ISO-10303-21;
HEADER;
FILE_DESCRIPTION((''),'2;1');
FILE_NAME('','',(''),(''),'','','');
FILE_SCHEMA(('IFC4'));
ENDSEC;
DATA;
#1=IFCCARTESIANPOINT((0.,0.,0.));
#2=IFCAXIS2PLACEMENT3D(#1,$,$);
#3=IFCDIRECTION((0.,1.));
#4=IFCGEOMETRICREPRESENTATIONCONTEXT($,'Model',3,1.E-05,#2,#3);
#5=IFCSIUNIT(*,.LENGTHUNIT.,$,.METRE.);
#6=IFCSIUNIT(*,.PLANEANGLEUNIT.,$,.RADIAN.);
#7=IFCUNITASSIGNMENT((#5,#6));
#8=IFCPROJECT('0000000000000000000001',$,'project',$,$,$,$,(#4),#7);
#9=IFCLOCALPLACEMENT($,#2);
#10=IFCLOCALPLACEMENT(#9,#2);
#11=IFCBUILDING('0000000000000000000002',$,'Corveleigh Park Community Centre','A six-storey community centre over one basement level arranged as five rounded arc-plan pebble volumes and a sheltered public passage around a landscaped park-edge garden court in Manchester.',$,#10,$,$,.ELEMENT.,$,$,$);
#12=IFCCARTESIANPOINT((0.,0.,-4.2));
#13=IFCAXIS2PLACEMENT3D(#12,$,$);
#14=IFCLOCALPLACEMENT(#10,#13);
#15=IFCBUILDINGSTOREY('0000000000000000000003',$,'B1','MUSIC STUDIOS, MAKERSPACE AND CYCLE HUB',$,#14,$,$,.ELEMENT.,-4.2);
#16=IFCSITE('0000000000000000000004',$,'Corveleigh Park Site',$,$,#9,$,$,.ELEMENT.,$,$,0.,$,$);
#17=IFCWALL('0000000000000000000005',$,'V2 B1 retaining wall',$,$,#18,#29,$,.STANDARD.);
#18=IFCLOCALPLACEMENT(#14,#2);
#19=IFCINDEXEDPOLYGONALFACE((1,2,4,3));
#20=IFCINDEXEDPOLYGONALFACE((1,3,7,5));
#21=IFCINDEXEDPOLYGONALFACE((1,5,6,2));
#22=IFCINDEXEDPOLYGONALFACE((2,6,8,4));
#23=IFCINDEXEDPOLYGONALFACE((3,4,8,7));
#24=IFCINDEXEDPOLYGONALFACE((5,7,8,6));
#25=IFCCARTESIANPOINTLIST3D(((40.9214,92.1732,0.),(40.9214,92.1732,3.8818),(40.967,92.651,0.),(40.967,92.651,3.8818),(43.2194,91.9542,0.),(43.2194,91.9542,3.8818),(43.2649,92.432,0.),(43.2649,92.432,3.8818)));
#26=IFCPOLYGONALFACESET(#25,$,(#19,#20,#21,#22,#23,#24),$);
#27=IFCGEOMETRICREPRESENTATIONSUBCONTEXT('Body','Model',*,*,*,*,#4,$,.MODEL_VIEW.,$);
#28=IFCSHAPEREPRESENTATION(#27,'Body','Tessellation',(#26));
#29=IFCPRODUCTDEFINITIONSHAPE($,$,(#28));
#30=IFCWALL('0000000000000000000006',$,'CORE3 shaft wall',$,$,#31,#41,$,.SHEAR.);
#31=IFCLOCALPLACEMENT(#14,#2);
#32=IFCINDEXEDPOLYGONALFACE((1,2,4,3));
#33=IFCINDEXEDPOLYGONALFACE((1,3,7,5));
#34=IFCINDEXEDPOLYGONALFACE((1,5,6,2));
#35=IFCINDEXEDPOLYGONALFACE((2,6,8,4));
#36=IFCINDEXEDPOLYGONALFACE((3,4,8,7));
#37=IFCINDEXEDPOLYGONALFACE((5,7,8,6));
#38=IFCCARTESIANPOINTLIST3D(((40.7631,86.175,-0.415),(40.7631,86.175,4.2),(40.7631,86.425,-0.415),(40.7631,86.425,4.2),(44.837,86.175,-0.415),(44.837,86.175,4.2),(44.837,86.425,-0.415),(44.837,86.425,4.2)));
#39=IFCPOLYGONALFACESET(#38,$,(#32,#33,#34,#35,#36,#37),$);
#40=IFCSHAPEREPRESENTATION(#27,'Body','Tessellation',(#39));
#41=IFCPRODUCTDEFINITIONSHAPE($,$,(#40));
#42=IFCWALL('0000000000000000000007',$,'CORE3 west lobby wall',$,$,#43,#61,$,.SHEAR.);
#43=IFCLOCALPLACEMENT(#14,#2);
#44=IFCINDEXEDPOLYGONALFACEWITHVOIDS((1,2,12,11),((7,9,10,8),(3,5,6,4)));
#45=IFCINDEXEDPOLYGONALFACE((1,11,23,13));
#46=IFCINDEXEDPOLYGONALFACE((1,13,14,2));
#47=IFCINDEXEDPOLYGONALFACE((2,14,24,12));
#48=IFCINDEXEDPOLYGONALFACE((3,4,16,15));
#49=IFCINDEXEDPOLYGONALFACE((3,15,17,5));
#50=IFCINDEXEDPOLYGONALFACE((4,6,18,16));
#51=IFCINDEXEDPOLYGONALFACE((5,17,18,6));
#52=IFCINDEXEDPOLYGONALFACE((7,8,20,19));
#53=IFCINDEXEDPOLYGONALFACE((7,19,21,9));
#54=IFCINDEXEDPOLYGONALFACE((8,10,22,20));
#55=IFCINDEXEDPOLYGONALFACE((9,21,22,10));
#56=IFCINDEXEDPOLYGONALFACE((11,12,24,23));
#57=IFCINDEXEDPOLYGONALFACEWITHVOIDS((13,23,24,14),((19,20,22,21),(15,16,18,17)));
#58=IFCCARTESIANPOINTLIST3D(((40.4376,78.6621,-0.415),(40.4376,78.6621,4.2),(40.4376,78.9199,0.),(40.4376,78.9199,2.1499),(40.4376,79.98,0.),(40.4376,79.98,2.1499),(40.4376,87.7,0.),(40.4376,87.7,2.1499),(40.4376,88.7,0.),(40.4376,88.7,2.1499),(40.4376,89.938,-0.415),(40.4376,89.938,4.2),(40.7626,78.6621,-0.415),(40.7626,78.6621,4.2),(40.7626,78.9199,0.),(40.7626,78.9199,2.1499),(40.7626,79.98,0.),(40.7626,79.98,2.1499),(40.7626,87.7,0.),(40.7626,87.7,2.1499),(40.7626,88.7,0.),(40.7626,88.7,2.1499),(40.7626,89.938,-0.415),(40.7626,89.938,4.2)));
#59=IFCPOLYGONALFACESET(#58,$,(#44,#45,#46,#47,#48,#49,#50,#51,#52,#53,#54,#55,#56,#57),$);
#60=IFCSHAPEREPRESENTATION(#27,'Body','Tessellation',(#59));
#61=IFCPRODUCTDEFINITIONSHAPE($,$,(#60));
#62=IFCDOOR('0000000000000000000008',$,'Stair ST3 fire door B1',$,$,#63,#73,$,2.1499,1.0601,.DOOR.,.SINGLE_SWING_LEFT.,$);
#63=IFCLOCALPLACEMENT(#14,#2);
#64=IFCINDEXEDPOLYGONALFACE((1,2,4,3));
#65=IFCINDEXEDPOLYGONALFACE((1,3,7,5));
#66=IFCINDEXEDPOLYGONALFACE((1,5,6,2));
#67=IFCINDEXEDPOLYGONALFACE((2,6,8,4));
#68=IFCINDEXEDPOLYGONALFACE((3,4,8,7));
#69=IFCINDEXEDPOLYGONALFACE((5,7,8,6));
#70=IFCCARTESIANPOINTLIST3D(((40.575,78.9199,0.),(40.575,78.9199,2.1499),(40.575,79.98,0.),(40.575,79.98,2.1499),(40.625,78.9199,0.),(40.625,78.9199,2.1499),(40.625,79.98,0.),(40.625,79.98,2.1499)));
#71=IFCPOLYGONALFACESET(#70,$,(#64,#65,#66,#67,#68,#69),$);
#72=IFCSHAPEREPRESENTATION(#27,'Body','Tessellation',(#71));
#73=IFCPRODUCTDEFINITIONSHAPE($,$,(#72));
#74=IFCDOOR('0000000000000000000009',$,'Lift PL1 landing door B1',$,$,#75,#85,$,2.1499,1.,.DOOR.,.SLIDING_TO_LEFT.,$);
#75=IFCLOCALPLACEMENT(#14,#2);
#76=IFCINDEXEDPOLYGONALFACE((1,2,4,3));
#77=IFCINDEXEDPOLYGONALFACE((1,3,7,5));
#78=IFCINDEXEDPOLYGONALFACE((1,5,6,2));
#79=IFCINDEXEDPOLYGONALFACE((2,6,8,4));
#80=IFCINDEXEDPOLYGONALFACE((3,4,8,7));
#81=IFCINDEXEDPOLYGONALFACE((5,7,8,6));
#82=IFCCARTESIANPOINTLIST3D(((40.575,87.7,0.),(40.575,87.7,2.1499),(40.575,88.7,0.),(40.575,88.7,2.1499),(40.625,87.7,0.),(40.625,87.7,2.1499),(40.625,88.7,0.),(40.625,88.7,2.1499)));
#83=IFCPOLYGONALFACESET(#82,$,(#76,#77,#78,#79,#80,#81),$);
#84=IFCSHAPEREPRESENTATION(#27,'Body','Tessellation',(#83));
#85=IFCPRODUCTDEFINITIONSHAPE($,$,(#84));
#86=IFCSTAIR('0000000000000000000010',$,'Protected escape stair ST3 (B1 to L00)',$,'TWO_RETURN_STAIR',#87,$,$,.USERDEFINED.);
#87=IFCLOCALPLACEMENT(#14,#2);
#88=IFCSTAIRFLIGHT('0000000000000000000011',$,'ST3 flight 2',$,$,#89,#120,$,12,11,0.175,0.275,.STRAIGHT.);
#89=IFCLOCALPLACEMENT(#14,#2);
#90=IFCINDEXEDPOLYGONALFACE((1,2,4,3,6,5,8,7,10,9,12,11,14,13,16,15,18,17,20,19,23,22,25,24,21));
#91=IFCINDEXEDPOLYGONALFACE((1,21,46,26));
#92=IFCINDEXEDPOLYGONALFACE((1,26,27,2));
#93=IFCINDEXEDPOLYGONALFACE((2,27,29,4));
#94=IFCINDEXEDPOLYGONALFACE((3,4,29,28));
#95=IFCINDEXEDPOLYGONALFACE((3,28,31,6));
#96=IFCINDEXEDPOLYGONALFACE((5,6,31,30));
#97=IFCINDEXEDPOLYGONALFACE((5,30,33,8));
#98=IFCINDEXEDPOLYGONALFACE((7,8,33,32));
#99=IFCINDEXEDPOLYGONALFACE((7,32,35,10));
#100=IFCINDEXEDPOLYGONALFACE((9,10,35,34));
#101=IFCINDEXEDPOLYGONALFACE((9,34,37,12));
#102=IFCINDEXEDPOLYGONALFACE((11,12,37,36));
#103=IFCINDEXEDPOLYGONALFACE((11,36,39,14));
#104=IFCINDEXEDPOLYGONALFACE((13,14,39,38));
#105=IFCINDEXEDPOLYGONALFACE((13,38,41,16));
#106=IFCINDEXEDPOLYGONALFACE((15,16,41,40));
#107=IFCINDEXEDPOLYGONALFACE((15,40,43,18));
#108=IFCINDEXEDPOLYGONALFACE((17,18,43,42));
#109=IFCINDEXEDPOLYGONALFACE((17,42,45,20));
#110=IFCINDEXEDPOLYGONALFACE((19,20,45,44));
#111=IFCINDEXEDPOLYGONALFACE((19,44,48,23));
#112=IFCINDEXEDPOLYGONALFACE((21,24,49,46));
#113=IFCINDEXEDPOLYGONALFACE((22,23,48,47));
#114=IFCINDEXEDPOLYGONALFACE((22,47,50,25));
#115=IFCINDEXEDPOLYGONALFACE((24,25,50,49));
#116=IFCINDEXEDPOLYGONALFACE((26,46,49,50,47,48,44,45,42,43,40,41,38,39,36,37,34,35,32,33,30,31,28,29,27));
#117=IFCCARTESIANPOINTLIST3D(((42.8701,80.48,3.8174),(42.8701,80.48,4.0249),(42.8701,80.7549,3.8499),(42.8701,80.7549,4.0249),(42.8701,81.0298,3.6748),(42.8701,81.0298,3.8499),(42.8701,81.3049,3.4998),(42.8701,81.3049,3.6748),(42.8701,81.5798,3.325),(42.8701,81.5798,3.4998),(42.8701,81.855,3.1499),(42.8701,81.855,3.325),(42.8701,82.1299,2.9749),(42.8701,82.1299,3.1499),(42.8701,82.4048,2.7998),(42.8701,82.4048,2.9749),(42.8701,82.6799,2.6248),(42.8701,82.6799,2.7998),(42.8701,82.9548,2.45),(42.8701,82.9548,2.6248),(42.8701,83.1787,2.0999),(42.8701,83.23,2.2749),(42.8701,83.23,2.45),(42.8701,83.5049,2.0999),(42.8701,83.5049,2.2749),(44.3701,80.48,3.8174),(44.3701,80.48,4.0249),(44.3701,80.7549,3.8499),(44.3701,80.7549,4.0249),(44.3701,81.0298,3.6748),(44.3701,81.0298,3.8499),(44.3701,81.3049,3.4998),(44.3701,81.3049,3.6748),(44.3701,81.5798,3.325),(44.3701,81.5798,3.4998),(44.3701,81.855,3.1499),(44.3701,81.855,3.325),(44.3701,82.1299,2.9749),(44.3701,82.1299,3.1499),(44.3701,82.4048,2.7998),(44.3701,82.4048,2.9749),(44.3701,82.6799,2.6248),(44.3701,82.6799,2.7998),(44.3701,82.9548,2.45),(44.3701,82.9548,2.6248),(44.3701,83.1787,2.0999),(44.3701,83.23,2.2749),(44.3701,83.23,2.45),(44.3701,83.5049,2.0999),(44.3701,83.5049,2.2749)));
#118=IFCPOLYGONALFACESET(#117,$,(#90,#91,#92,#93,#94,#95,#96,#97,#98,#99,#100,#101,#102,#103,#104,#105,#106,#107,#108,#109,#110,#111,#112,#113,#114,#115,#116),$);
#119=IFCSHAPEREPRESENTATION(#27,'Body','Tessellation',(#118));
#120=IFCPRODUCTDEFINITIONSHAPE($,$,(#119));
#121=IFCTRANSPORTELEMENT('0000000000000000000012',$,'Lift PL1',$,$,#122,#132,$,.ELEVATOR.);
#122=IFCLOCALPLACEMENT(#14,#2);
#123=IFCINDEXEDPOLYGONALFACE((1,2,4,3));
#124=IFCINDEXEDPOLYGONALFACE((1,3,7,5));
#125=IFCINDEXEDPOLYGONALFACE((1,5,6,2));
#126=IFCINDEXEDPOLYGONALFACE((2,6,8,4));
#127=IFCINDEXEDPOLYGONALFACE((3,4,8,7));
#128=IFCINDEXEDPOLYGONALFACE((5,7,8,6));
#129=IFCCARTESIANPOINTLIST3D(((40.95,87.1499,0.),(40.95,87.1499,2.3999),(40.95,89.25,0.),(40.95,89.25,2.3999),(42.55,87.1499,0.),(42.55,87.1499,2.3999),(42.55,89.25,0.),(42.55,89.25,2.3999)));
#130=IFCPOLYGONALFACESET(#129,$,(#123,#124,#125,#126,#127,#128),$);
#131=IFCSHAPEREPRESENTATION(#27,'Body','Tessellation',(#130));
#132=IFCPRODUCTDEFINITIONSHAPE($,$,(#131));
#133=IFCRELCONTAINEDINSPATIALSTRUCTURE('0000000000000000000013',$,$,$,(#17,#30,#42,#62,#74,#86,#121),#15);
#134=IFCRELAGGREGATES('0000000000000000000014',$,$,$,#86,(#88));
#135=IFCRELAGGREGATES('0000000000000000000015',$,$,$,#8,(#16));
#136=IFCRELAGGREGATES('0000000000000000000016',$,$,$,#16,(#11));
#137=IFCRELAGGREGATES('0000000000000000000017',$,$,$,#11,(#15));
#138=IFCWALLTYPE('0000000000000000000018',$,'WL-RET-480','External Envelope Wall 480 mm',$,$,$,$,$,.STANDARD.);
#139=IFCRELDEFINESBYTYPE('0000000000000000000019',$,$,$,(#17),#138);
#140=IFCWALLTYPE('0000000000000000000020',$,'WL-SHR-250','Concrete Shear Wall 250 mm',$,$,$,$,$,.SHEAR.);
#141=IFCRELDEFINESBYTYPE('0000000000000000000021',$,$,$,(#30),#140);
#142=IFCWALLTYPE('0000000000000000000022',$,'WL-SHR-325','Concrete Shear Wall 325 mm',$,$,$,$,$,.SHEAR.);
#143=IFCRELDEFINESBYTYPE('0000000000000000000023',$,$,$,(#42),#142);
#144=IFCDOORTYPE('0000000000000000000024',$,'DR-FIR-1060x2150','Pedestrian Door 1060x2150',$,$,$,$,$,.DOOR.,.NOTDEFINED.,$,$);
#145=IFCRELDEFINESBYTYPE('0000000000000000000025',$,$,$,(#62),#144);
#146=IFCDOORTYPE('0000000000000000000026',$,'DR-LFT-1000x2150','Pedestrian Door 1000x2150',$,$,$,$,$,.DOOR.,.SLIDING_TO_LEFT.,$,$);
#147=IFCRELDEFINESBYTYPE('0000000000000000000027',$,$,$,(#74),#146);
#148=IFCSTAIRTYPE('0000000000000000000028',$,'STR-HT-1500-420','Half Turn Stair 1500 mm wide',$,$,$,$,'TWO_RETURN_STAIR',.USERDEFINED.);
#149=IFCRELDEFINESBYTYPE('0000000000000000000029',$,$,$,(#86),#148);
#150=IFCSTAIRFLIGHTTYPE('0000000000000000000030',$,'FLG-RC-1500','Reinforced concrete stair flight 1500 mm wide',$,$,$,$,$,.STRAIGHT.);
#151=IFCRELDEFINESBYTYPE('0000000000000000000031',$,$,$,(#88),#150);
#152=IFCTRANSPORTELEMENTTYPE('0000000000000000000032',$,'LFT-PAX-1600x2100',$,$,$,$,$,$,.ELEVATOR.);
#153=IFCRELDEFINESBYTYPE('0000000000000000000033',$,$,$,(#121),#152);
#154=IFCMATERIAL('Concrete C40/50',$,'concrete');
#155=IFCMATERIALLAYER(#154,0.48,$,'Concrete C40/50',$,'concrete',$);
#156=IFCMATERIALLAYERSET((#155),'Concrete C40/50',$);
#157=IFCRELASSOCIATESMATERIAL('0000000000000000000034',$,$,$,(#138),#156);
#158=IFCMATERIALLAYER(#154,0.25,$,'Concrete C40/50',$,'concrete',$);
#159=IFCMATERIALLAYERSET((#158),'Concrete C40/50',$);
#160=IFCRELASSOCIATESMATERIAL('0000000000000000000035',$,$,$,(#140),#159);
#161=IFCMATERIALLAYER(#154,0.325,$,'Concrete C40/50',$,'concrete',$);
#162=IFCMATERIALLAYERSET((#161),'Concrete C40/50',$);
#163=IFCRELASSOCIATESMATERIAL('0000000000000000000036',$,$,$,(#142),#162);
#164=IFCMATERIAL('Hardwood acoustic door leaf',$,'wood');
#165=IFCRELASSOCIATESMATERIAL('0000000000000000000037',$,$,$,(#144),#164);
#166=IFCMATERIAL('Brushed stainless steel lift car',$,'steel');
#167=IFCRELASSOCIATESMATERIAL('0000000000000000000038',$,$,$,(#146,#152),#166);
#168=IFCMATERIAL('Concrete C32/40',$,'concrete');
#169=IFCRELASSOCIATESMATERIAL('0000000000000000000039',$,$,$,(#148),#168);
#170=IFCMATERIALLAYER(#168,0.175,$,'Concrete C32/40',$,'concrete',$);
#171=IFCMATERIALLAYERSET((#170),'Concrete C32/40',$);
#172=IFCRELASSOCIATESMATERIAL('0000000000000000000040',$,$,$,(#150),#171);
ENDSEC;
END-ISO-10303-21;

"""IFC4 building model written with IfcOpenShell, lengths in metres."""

from ifc_helpers import new_model, si_unit, direction, frame, frame_2d, origin, origin_2d, place, context, subcontext, project, spatial, polyline, rectangle, outline, extrude, material, layer, layer_set, type_object, element, fill, aggregate, save


model = new_model("IFC4")

# Units and contexts
model_context = context("Model", 3, precision=1e-05, world=origin(), true_north=direction((0.0, 1.0)))
body_context = subcontext(model_context, "Body", "Model", "MODEL_VIEW")
ifc_project = project(units=[si_unit("LENGTHUNIT", "METRE"), si_unit("PLANEANGLEUNIT", "RADIAN")], contexts=[model_context])

# Site, building, storey
site_placement = place(None, origin())
site = spatial("IfcSite", under=ifc_project, at=site_placement, Name="Corveleigh Park Site", CompositionType="ELEMENT", RefElevation=0.0)
building_placement = place(site_placement, origin())
building = spatial("IfcBuilding", under=site, at=building_placement, Name="Corveleigh Park Community Centre", Description="A six-storey community centre over one basement level arranged as five rounded arc-plan pebble volumes and a sheltered public passage around a landscaped park-edge garden court in Manchester.", CompositionType="ELEMENT")
storey_placement = place(building_placement, frame((0.0, 0.0, -4.2)))
storey = spatial("IfcBuildingStorey", under=building, at=storey_placement, Name="B1", Description="MUSIC STUDIOS, MAKERSPACE AND CYCLE HUB", CompositionType="ELEMENT", Elevation=-4.2)

# Shared definitions
ifc_material_1 = material(Name="Concrete C40/50", Category="concrete")

# Shared definitions
ifc_material_2 = material(Name="Concrete C32/40", Category="concrete")

# Shared definitions
ifc_material_3 = material(Name="Hardwood acoustic door leaf", Category="wood")

# Walls
ifc_layer_1 = layer(ifc_material_1, 0.48, Name="Concrete C40/50", Category="concrete")
ifc_layer_set_1 = layer_set([ifc_layer_1], Name="Concrete C40/50")
wall_type_1 = type_object("IfcWallType", Name="WL-RET-480", Description="External Envelope Wall 480 mm", PredefinedType="STANDARD", material=ifc_layer_set_1)
wall_1_placement = place(storey_placement, frame((40.9441, 92.4121, 0.0), z_axis=(0.0, 0.0, 1.0), x_axis=(0.995489, -0.094874, 0.0)))
element("IfcWall", 1, at=wall_1_placement, inside=storey, type_object=wall_type_1, Name="V2 B1 retaining wall", PredefinedType="STANDARD", context=body_context, shape_type="SweptSolid", body=[
    extrude(rectangle(XDim=2.3083, YDim=0.48, at=frame_2d((1.1543, 0.0))), origin(), (0.0, 0.0, 1.0), 3.8818),
])
ifc_layer_2 = layer(ifc_material_1, 0.25, Name="Concrete C40/50", Category="concrete")
ifc_layer_set_2 = layer_set([ifc_layer_2], Name="Concrete C40/50")
wall_type_2 = type_object("IfcWallType", Name="WL-SHR-250", Description="Concrete Shear Wall 250 mm", PredefinedType="SHEAR", material=ifc_layer_set_2)
wall_2_placement = place(storey_placement, frame((40.7629, 86.3, -0.415), z_axis=(0.0, 0.0, 1.0), x_axis=(1.0, 0.0, 0.0)))
element("IfcWall", 2, at=wall_2_placement, inside=storey, type_object=wall_type_2, Name="CORE3 shaft wall", PredefinedType="SHEAR", context=body_context, shape_type="SweptSolid", body=[
    extrude(rectangle(XDim=4.074, YDim=0.25, at=frame_2d((2.0371, 0.0))), origin(), (0.0, 0.0, 1.0), 4.615),
])

# Wall, openings, doors
ifc_layer_3 = layer(ifc_material_1, 0.325, Name="Concrete C40/50", Category="concrete")
ifc_layer_set_3 = layer_set([ifc_layer_3], Name="Concrete C40/50")
wall_type_3 = type_object("IfcWallType", Name="WL-SHR-325", Description="Concrete Shear Wall 325 mm", PredefinedType="SHEAR", material=ifc_layer_set_3)
wall_3_placement = place(storey_placement, frame((40.6001, 89.938, -0.415), z_axis=(0.0, 0.0, 1.0), x_axis=(0.0, -1.0, 0.0)))
wall_3 = element("IfcWall", 3, at=wall_3_placement, inside=storey, type_object=wall_type_3, Name="CORE3 west lobby wall", PredefinedType="SHEAR", context=body_context, shape_type="SweptSolid", body=[
    extrude(rectangle(XDim=11.2759, YDim=0.325, at=frame_2d((5.6379, 0.0))), origin(), (0.0, 0.0, 1.0), 4.615),
])
opening_1_placement = place(wall_3_placement, frame((1.238, 0.0, 0.415)))
opening_1 = element("IfcOpeningElement", 4, at=opening_1_placement, cuts=wall_3, PredefinedType="OPENING", context=body_context, shape_type="SweptSolid", body=[
    extrude(rectangle(XDim=1.0, YDim=2.1499, at=frame_2d((0.5, 1.075))), frame((0.0, 0.1724, 0.0), z_axis=(0.0, -1.0, 0.0), x_axis=(1.0, 0.0, 0.0)), (0.0, 0.0, 1.0), 0.345),
])
opening_2_placement = place(wall_3_placement, frame((9.958, 0.0, 0.415)))
opening_2 = element("IfcOpeningElement", 5, at=opening_2_placement, cuts=wall_3, PredefinedType="OPENING", context=body_context, shape_type="SweptSolid", body=[
    extrude(rectangle(XDim=1.0601, YDim=2.1499, at=frame_2d((0.53, 1.075))), frame((0.0, 0.1724, 0.0), z_axis=(0.0, -1.0, 0.0), x_axis=(1.0, 0.0, 0.0)), (0.0, 0.0, 1.0), 0.345),
])
door_type_1 = type_object("IfcDoorType", Name="DR-FIR-1060x2150", Description="Pedestrian Door 1060x2150", OperationType="NOTDEFINED", PredefinedType="DOOR", material=ifc_material_3)
door_1_placement = place(opening_2_placement, origin())
door_1 = element("IfcDoor", 6, at=door_1_placement, inside=storey, type_object=door_type_1, Name="Stair ST3 fire door B1", OperationType="SINGLE_SWING_LEFT", OverallHeight=2.1499, OverallWidth=1.0601, PredefinedType="DOOR", context=body_context, shape_type="SweptSolid", body=[
    extrude(rectangle(XDim=1.0601, YDim=2.1499, at=frame_2d((0.53, 1.075))), frame((0.0, 0.0249, 0.0), z_axis=(0.0, -1.0, 0.0), x_axis=(1.0, 0.0, 0.0)), (0.0, 0.0, 1.0), 0.05),
])
fill(opening_2, door_1)
ifc_material_4 = material(Name="Brushed stainless steel lift car", Category="steel")
door_type_2 = type_object("IfcDoorType", Name="DR-LFT-1000x2150", Description="Pedestrian Door 1000x2150", OperationType="SLIDING_TO_LEFT", PredefinedType="DOOR", material=ifc_material_4)
door_2_placement = place(opening_1_placement, origin())
door_2 = element("IfcDoor", 7, at=door_2_placement, inside=storey, type_object=door_type_2, Name="Lift PL1 landing door B1", OperationType="SLIDING_TO_LEFT", OverallHeight=2.1499, OverallWidth=1.0, PredefinedType="DOOR", context=body_context, shape_type="SweptSolid", body=[
    extrude(rectangle(XDim=1.0, YDim=2.1499, at=frame_2d((0.5, 1.075))), frame((0.0, 0.0249, 0.0), z_axis=(0.0, -1.0, 0.0), x_axis=(1.0, 0.0, 0.0)), (0.0, 0.0, 1.0), 0.05),
])
fill(opening_1, door_2)

# Stair, stair flight
stair_type = type_object("IfcStairType", Name="STR-HT-1500-420", Description="Half Turn Stair 1500 mm wide", ElementType="TWO_RETURN_STAIR", PredefinedType="USERDEFINED", material=ifc_material_2)
stair_placement = place(storey_placement, origin())
stair = element("IfcStair", 8, at=stair_placement, inside=storey, type_object=stair_type, Name="Protected escape stair ST3 (B1 to L00)", ObjectType="TWO_RETURN_STAIR", PredefinedType="USERDEFINED")
ifc_layer_4 = layer(ifc_material_2, 0.175, Name="Concrete C32/40", Category="concrete")
ifc_layer_set_4 = layer_set([ifc_layer_4], Name="Concrete C32/40")
stair_flight_type = type_object("IfcStairFlightType", Name="FLG-RC-1500", Description="Reinforced concrete stair flight 1500 mm wide", PredefinedType="STRAIGHT", material=ifc_layer_set_4)
stair_flight_placement = place(storey_placement, frame((43.6201, 83.5049, 2.0999), z_axis=(0.0, 0.0, 1.0), x_axis=(0.0, -1.0, 0.0)))
stair_flight = element("IfcStairFlight", 9, at=stair_flight_placement, type_object=stair_flight_type, Name="ST3 flight 2", NumberOfRisers=12, NumberOfTreads=11, PredefinedType="STRAIGHT", RiserHeight=0.175, TreadLength=0.275, context=body_context, shape_type="SweptSolid", body=[
    extrude(outline(polyline([(0.0, 0.0), (0.0, 0.175), (0.2749, 0.175), (0.2749, 0.3501), (0.55, 0.3501), (0.55, 0.5249), (0.825, 0.5249), (0.825, 0.7), (1.1001, 0.7), (1.1001, 0.875), (1.375, 0.875), (1.375, 1.05), (1.6499, 1.05), (1.6499, 1.2251), (1.925, 1.2251), (1.925, 1.3999), (2.2, 1.3999), (2.2, 1.575), (2.4751, 1.575), (2.4751, 1.75), (2.75, 1.75), (2.75, 1.925), (3.0249, 1.925), (3.0249, 2.1001), (3.0249, 1.7175), (0.3262, 0.0), (0.0, 0.0)])), frame((0.0, 0.75, 0.0), z_axis=(0.0, -1.0, 0.0), x_axis=(1.0, 0.0, 0.0)), (0.0, 0.0, 1.0), 1.5),
])
aggregate(stair, [stair_flight])

# Transport element
transport_element_type = type_object("IfcTransportElementType", Name="LFT-PAX-1600x2100", PredefinedType="ELEVATOR", material=ifc_material_4)
transport_element_placement = place(storey_placement, frame((41.75, 88.2, 0.0), z_axis=(0.0, 0.0, 1.0), x_axis=(1.0, 0.0, 0.0)))
element("IfcTransportElement", 10, at=transport_element_placement, inside=storey, type_object=transport_element_type, Name="Lift PL1", PredefinedType="ELEVATOR", context=body_context, shape_type="SweptSolid", body=[
    extrude(rectangle(XDim=1.6001, YDim=2.1001, at=origin_2d()), origin(), (0.0, 0.0, 1.0), 2.3999),
])

save(model, "model.ifc")
